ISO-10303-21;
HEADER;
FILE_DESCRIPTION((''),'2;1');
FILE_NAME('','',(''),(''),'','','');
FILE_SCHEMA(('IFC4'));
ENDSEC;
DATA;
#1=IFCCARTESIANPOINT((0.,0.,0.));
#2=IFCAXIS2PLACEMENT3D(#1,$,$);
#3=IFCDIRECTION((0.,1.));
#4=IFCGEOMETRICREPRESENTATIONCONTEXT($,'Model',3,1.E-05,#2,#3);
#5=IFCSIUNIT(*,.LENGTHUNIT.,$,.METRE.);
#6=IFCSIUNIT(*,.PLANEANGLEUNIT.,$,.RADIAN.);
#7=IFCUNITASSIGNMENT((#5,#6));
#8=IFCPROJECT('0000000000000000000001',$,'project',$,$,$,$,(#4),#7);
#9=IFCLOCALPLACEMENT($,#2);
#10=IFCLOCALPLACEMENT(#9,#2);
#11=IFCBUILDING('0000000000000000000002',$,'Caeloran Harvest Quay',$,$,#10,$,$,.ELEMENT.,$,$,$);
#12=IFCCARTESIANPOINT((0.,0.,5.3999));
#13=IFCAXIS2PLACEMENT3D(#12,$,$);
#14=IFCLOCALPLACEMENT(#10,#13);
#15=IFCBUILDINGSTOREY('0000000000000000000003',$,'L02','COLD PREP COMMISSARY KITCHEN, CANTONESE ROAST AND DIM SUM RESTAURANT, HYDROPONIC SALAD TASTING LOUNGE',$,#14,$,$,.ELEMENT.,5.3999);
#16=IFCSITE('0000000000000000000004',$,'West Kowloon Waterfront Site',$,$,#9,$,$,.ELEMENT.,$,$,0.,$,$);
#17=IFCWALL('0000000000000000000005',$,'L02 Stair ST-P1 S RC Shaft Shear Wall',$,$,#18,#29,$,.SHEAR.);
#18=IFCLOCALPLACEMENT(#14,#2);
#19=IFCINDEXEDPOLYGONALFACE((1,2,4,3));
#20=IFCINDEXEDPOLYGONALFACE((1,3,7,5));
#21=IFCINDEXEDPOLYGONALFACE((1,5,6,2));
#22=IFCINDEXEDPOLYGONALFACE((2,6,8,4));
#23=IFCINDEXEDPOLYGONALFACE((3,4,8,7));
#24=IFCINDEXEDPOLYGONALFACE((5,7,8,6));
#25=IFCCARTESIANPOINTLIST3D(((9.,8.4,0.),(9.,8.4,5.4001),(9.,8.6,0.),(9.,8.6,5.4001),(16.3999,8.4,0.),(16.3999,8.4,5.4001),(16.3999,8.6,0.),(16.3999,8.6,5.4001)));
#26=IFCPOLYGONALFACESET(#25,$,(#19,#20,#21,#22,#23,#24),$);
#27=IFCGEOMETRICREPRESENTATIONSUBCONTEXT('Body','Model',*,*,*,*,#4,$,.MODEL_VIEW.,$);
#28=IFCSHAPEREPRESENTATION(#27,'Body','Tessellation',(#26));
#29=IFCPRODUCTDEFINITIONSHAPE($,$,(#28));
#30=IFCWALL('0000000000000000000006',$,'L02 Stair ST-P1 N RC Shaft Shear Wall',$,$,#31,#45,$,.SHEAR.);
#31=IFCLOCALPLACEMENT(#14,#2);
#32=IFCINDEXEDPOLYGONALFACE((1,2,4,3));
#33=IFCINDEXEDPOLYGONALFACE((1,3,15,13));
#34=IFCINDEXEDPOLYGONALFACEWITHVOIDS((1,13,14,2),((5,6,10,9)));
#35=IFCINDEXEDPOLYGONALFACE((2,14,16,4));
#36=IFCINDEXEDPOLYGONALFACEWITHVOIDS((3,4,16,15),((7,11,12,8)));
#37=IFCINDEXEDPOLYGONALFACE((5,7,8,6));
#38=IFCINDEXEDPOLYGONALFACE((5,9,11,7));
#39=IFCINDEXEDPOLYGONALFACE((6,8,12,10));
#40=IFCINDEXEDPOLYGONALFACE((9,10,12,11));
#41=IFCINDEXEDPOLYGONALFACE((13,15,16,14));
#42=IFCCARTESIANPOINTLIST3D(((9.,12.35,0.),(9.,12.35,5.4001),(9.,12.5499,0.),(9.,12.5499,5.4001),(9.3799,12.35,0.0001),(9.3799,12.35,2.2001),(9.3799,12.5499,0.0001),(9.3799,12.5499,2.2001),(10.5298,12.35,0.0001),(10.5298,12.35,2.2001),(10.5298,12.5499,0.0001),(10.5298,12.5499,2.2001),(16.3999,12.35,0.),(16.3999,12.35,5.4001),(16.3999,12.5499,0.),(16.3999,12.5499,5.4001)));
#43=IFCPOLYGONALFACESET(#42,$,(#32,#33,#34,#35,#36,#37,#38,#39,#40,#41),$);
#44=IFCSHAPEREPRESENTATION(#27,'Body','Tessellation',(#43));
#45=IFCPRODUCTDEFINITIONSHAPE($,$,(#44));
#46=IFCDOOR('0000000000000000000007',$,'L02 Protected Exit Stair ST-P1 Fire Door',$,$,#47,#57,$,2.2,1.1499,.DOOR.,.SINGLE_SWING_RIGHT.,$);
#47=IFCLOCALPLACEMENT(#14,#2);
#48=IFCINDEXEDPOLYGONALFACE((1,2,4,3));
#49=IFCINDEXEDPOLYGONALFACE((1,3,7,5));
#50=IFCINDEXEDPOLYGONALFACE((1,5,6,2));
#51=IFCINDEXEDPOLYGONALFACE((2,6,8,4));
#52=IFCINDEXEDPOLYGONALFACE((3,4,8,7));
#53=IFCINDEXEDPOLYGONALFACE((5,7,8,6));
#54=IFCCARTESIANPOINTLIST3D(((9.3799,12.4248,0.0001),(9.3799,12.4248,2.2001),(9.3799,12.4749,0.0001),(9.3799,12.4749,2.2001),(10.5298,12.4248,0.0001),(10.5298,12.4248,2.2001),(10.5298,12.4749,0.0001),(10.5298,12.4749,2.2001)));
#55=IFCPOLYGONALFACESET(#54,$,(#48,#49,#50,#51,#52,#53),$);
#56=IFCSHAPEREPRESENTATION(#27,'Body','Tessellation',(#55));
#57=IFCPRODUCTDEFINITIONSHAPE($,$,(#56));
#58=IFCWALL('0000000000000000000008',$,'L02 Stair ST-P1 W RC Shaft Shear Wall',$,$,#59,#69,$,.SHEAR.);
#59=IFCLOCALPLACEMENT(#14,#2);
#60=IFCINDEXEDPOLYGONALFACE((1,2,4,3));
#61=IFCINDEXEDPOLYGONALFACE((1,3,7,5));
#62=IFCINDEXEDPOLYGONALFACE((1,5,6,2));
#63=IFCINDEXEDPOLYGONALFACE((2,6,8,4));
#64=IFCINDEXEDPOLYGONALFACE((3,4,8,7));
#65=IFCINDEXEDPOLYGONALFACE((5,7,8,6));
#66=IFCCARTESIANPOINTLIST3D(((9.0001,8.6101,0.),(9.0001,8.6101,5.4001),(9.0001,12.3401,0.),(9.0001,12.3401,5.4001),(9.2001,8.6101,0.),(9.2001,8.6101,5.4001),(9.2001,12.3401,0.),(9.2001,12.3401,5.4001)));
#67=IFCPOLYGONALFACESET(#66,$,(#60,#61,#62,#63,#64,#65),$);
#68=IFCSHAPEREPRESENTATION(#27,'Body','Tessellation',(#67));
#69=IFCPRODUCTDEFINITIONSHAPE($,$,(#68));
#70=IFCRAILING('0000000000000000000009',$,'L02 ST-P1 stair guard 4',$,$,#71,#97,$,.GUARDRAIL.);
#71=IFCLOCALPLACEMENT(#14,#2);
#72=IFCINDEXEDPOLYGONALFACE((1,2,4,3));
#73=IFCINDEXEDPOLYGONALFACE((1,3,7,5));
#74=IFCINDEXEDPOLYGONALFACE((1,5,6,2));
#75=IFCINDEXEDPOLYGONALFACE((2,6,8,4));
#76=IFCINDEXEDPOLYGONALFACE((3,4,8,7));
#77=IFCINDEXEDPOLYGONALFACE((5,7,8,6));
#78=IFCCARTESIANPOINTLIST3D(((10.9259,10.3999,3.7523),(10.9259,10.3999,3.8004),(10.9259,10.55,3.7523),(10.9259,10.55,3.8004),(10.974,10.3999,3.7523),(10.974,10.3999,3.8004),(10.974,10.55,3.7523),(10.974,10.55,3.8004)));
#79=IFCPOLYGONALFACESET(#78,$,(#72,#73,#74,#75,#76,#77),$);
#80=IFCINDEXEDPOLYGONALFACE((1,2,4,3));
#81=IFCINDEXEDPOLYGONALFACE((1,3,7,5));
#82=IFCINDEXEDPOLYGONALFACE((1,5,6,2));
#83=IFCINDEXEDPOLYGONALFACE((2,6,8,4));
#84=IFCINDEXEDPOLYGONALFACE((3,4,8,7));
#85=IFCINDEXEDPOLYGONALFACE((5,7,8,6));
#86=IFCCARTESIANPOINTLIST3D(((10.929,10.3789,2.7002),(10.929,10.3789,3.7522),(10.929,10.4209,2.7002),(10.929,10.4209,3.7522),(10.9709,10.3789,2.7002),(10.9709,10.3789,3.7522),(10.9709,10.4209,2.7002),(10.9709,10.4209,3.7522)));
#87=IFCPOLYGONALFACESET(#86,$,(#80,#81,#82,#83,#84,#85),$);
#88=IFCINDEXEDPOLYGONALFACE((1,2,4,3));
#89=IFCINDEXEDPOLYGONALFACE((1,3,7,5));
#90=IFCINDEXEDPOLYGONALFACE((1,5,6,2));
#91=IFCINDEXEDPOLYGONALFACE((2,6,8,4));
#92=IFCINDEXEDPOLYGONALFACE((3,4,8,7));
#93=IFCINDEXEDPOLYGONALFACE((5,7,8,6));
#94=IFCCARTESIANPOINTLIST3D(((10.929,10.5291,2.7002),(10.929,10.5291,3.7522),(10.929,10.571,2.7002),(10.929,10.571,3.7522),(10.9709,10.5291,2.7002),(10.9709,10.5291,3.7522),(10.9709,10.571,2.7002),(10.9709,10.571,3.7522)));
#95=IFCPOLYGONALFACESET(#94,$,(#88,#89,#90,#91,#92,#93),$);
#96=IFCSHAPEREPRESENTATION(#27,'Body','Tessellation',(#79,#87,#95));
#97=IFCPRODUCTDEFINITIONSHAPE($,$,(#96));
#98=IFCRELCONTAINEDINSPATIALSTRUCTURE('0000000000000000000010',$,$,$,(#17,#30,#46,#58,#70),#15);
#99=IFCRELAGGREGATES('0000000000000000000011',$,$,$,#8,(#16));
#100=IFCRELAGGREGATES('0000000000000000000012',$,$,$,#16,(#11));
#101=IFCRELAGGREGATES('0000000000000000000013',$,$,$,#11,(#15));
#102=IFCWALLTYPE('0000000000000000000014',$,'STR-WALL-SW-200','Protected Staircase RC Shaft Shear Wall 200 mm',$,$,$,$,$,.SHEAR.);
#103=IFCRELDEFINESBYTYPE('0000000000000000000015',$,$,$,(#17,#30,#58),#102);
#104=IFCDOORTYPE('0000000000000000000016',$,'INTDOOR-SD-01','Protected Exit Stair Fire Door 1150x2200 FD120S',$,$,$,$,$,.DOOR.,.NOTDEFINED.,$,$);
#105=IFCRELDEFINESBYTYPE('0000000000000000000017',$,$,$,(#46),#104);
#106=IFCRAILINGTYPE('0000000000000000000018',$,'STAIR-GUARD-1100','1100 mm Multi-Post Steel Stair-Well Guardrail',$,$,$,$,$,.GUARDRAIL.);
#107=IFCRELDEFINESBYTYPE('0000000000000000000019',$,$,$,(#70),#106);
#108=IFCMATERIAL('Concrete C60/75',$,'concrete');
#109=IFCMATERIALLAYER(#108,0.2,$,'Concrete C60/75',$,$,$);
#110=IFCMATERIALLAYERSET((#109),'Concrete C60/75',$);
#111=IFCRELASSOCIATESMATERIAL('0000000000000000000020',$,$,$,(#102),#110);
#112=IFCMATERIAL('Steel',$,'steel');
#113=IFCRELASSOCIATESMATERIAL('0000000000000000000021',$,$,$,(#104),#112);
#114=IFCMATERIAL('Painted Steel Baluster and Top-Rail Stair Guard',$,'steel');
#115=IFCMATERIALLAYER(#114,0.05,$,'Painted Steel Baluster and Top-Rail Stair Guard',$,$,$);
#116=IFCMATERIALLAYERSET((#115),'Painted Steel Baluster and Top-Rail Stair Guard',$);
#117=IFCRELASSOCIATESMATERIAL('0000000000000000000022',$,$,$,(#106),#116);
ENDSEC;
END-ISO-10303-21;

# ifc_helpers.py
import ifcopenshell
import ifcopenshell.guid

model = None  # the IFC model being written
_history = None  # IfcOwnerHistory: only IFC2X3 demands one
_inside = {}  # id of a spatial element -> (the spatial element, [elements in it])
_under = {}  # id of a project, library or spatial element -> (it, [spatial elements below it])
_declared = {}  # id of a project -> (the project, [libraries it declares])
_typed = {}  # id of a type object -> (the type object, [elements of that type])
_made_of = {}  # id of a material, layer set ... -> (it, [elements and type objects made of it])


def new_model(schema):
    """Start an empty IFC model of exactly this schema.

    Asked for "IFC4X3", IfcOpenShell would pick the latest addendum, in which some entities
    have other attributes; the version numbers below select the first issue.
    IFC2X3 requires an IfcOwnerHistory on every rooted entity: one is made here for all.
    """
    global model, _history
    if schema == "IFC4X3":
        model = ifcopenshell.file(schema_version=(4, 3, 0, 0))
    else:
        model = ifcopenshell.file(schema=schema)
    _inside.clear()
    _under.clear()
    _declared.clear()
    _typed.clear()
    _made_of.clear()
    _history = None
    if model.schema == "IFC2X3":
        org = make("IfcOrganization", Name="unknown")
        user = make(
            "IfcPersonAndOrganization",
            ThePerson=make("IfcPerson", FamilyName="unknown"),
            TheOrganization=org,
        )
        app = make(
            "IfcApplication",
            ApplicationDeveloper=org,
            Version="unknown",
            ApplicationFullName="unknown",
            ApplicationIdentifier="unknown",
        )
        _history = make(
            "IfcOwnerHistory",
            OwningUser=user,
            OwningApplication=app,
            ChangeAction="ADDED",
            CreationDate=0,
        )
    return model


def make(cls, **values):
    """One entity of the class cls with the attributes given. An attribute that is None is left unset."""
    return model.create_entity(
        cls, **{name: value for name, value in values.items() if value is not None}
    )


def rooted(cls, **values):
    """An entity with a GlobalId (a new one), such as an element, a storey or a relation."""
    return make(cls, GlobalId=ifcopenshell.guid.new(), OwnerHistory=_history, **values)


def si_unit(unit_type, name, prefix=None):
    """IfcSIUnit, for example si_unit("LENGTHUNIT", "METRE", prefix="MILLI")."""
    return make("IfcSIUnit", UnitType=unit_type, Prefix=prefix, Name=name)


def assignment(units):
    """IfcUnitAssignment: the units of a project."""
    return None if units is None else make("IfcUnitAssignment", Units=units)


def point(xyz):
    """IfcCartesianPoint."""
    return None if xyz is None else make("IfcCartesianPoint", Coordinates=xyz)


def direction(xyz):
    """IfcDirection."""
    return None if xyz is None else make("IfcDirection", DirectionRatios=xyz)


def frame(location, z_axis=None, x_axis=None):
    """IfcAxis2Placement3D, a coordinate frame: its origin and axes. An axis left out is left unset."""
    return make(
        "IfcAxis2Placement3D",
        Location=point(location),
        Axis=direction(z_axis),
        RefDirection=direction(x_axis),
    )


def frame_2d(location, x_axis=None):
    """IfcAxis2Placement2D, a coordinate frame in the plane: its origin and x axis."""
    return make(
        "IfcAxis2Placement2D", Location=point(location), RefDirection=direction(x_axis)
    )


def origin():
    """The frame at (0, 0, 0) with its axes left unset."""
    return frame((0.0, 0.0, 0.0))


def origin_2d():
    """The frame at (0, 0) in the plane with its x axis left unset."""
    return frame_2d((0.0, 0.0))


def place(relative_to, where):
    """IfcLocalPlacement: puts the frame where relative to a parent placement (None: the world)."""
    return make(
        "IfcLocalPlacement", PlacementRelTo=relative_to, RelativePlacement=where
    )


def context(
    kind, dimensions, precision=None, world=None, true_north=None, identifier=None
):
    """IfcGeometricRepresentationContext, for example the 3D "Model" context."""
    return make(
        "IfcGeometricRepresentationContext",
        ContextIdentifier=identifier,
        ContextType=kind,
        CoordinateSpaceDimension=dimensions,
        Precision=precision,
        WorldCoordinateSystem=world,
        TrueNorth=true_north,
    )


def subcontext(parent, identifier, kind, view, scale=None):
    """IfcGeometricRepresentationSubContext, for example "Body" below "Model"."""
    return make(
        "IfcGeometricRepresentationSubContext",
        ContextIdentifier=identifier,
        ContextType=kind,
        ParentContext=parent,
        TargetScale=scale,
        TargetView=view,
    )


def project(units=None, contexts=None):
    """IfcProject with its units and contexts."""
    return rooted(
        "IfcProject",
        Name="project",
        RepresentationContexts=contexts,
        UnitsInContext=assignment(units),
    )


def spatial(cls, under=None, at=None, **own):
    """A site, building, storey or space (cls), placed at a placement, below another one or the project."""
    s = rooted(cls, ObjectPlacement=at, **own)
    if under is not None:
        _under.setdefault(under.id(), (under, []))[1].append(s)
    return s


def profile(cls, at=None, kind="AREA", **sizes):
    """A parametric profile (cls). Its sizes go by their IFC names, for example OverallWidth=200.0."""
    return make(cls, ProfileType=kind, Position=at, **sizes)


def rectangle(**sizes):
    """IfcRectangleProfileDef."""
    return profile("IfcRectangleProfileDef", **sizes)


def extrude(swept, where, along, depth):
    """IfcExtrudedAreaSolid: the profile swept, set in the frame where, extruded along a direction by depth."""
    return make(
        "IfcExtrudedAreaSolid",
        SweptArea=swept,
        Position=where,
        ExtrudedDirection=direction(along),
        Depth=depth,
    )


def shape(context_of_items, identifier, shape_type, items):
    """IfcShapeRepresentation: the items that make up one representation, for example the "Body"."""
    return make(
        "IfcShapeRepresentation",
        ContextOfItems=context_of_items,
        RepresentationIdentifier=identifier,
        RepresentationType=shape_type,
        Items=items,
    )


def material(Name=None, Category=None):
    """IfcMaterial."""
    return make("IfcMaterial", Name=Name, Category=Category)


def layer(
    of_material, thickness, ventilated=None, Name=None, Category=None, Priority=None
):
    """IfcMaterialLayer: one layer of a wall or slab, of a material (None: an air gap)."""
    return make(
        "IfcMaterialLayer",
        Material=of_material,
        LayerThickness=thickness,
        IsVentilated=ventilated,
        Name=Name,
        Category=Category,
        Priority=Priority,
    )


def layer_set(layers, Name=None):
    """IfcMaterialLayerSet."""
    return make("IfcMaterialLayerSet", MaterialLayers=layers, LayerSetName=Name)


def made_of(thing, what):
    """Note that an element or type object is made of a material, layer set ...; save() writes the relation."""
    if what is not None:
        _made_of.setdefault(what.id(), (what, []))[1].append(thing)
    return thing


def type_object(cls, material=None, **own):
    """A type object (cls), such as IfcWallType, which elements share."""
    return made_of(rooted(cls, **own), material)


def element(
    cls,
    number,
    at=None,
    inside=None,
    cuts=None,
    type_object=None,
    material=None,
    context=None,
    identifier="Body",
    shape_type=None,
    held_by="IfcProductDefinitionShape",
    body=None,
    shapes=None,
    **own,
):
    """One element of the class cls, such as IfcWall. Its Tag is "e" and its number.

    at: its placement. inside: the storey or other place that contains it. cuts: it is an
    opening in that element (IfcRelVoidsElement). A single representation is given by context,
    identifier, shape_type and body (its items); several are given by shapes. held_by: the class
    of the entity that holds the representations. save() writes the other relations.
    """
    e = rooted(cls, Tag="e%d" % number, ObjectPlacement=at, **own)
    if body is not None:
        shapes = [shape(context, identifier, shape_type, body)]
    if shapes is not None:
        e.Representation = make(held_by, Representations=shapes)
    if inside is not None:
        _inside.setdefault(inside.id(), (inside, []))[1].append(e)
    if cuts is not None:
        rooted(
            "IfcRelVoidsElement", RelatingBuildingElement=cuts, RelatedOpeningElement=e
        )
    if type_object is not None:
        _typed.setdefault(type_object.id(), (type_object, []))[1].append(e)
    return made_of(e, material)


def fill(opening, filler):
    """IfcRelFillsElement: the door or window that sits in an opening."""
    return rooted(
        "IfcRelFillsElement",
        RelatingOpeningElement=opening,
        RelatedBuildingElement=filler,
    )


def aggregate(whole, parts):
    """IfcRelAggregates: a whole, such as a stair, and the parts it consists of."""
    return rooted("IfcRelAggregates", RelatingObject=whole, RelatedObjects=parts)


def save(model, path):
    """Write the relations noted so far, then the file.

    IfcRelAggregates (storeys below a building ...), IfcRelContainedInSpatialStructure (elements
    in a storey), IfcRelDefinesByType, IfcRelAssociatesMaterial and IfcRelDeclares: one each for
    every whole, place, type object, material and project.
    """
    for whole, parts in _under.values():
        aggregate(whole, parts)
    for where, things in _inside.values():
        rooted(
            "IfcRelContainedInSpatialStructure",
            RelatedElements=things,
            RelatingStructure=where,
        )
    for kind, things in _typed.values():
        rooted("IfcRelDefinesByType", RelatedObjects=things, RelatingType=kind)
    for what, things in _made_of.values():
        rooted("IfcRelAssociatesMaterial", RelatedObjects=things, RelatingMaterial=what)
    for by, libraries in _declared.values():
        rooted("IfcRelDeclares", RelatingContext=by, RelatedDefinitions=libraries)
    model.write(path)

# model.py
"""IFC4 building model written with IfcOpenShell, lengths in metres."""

from ifc_helpers import new_model, si_unit, direction, frame, frame_2d, origin, origin_2d, place, context, subcontext, project, spatial, rectangle, extrude, material, layer, layer_set, type_object, element, fill, save


model = new_model("IFC4")

# Units and contexts
model_context = context("Model", 3, precision=1e-05, world=origin(), true_north=direction((0.0, 1.0)))
body_context = subcontext(model_context, "Body", "Model", "MODEL_VIEW")
ifc_project = project(units=[si_unit("LENGTHUNIT", "METRE"), si_unit("PLANEANGLEUNIT", "RADIAN")], contexts=[model_context])

# Site, building, storey
site_placement = place(None, origin())
site = spatial("IfcSite", under=ifc_project, at=site_placement, Name="West Kowloon Waterfront Site", CompositionType="ELEMENT", RefElevation=0.0)
building_placement = place(site_placement, origin())
building = spatial("IfcBuilding", under=site, at=building_placement, Name="Caeloran Harvest Quay", CompositionType="ELEMENT")
storey_placement = place(building_placement, frame((0.0, 0.0, 5.3999)))
storey = spatial("IfcBuildingStorey", under=building, at=storey_placement, Name="L02", Description="COLD PREP COMMISSARY KITCHEN, CANTONESE ROAST AND DIM SUM RESTAURANT, HYDROPONIC SALAD TASTING LOUNGE", CompositionType="ELEMENT", Elevation=5.3999)

# Wall
ifc_material_1 = material(Name="Concrete C60/75", Category="concrete")
ifc_layer_1 = layer(ifc_material_1, 0.2, Name="Concrete C60/75")
ifc_layer_set_1 = layer_set([ifc_layer_1], Name="Concrete C60/75")
wall_type_1 = type_object("IfcWallType", Name="STR-WALL-SW-200", Description="Protected Staircase RC Shaft Shear Wall 200 mm", PredefinedType="SHEAR", material=ifc_layer_set_1)
wall_1_placement = place(storey_placement, frame((9.0, 8.5, 0.0), z_axis=(0.0, 0.0, 1.0), x_axis=(1.0, 0.0, 0.0)))
element("IfcWall", 1, at=wall_1_placement, inside=storey, type_object=wall_type_1, Name="L02 Stair ST-P1 S RC Shaft Shear Wall", PredefinedType="SHEAR", context=body_context, shape_type="SweptSolid", body=[
    extrude(rectangle(XDim=7.3999, YDim=0.2, at=frame_2d((3.7, 0.0))), origin(), (0.0, 0.0, 1.0), 5.4001),
])

# Wall, opening, door
wall_2_placement = place(storey_placement, frame((9.0, 12.45, 0.0), z_axis=(0.0, 0.0, 1.0), x_axis=(1.0, 0.0, 0.0)))
wall_2 = element("IfcWall", 2, at=wall_2_placement, inside=storey, type_object=wall_type_1, Name="L02 Stair ST-P1 N RC Shaft Shear Wall", PredefinedType="SHEAR", context=body_context, shape_type="SweptSolid", body=[
    extrude(rectangle(XDim=7.3999, YDim=0.2, at=frame_2d((3.7, 0.0))), origin(), (0.0, 0.0, 1.0), 5.4001),
])
opening_placement = place(wall_2_placement, frame((0.3799, 0.0, 0.0)))
opening = element("IfcOpeningElement", 3, at=opening_placement, cuts=wall_2, PredefinedType="OPENING", context=body_context, shape_type="SweptSolid", body=[
    extrude(rectangle(XDim=1.1499, YDim=2.2, at=frame_2d((0.575, 1.1001))), frame((0.0, 0.1099, 0.0), z_axis=(0.0, -1.0, 0.0), x_axis=(1.0, 0.0, 0.0)), (0.0, 0.0, 1.0), 0.22),
])
ifc_material_2 = material(Name="Steel", Category="steel")
door_type = type_object("IfcDoorType", Name="INTDOOR-SD-01", Description="Protected Exit Stair Fire Door 1150x2200 FD120S", OperationType="NOTDEFINED", PredefinedType="DOOR", material=ifc_material_2)
door_placement = place(opening_placement, origin())
door = element("IfcDoor", 4, at=door_placement, inside=storey, type_object=door_type, Name="L02 Protected Exit Stair ST-P1 Fire Door", OperationType="SINGLE_SWING_RIGHT", OverallHeight=2.2, OverallWidth=1.1499, PredefinedType="DOOR", context=body_context, shape_type="SweptSolid", body=[
    extrude(rectangle(XDim=1.1499, YDim=2.2, at=frame_2d((0.575, 1.1001))), frame((0.0, 0.0249, 0.0), z_axis=(0.0, -1.0, 0.0), x_axis=(1.0, 0.0, 0.0)), (0.0, 0.0, 1.0), 0.05),
])
fill(opening, door)

# Wall
wall_3_placement = place(storey_placement, frame((9.1001, 8.6101, 0.0), z_axis=(0.0, 0.0, 1.0), x_axis=(0.0, 1.0, 0.0)))
element("IfcWall", 5, at=wall_3_placement, inside=storey, type_object=wall_type_1, Name="L02 Stair ST-P1 W RC Shaft Shear Wall", PredefinedType="SHEAR", context=body_context, shape_type="SweptSolid", body=[
    extrude(rectangle(XDim=3.73, YDim=0.2, at=frame_2d((1.865, 0.0))), origin(), (0.0, 0.0, 1.0), 5.4001),
])

# Railing
ifc_material_3 = material(Name="Painted Steel Baluster and Top-Rail Stair Guard", Category="steel")
ifc_layer_2 = layer(ifc_material_3, 0.05, Name="Painted Steel Baluster and Top-Rail Stair Guard")
ifc_layer_set_2 = layer_set([ifc_layer_2], Name="Painted Steel Baluster and Top-Rail Stair Guard")
railing_type = type_object("IfcRailingType", Name="STAIR-GUARD-1100", Description="1100 mm Multi-Post Steel Stair-Well Guardrail", PredefinedType="GUARDRAIL", material=ifc_layer_set_2)
railing_placement = place(storey_placement, frame((10.95, 10.3999, 2.7002)))
element("IfcRailing", 6, at=railing_placement, inside=storey, type_object=railing_type, Name="L02 ST-P1 stair guard 4", PredefinedType="GUARDRAIL", context=body_context, shape_type="SweptSolid", body=[
    extrude(rectangle(XDim=0.0481, YDim=0.0481, at=origin_2d()), frame((0.0, 0.0, 1.0762), z_axis=(0.0, 1.0, 0.0), x_axis=(-1.0, 0.0, 0.0)), (0.0, 0.0, 1.0), 0.1501),
    extrude(rectangle(XDim=0.042, YDim=0.042, at=origin_2d()), origin(), (0.0, 0.0, 1.0), 1.052),
    extrude(rectangle(XDim=0.042, YDim=0.042, at=origin_2d()), frame((0.0, 0.1501, 0.0)), (0.0, 0.0, 1.0), 1.052),
])

save(model, "model.ifc")
